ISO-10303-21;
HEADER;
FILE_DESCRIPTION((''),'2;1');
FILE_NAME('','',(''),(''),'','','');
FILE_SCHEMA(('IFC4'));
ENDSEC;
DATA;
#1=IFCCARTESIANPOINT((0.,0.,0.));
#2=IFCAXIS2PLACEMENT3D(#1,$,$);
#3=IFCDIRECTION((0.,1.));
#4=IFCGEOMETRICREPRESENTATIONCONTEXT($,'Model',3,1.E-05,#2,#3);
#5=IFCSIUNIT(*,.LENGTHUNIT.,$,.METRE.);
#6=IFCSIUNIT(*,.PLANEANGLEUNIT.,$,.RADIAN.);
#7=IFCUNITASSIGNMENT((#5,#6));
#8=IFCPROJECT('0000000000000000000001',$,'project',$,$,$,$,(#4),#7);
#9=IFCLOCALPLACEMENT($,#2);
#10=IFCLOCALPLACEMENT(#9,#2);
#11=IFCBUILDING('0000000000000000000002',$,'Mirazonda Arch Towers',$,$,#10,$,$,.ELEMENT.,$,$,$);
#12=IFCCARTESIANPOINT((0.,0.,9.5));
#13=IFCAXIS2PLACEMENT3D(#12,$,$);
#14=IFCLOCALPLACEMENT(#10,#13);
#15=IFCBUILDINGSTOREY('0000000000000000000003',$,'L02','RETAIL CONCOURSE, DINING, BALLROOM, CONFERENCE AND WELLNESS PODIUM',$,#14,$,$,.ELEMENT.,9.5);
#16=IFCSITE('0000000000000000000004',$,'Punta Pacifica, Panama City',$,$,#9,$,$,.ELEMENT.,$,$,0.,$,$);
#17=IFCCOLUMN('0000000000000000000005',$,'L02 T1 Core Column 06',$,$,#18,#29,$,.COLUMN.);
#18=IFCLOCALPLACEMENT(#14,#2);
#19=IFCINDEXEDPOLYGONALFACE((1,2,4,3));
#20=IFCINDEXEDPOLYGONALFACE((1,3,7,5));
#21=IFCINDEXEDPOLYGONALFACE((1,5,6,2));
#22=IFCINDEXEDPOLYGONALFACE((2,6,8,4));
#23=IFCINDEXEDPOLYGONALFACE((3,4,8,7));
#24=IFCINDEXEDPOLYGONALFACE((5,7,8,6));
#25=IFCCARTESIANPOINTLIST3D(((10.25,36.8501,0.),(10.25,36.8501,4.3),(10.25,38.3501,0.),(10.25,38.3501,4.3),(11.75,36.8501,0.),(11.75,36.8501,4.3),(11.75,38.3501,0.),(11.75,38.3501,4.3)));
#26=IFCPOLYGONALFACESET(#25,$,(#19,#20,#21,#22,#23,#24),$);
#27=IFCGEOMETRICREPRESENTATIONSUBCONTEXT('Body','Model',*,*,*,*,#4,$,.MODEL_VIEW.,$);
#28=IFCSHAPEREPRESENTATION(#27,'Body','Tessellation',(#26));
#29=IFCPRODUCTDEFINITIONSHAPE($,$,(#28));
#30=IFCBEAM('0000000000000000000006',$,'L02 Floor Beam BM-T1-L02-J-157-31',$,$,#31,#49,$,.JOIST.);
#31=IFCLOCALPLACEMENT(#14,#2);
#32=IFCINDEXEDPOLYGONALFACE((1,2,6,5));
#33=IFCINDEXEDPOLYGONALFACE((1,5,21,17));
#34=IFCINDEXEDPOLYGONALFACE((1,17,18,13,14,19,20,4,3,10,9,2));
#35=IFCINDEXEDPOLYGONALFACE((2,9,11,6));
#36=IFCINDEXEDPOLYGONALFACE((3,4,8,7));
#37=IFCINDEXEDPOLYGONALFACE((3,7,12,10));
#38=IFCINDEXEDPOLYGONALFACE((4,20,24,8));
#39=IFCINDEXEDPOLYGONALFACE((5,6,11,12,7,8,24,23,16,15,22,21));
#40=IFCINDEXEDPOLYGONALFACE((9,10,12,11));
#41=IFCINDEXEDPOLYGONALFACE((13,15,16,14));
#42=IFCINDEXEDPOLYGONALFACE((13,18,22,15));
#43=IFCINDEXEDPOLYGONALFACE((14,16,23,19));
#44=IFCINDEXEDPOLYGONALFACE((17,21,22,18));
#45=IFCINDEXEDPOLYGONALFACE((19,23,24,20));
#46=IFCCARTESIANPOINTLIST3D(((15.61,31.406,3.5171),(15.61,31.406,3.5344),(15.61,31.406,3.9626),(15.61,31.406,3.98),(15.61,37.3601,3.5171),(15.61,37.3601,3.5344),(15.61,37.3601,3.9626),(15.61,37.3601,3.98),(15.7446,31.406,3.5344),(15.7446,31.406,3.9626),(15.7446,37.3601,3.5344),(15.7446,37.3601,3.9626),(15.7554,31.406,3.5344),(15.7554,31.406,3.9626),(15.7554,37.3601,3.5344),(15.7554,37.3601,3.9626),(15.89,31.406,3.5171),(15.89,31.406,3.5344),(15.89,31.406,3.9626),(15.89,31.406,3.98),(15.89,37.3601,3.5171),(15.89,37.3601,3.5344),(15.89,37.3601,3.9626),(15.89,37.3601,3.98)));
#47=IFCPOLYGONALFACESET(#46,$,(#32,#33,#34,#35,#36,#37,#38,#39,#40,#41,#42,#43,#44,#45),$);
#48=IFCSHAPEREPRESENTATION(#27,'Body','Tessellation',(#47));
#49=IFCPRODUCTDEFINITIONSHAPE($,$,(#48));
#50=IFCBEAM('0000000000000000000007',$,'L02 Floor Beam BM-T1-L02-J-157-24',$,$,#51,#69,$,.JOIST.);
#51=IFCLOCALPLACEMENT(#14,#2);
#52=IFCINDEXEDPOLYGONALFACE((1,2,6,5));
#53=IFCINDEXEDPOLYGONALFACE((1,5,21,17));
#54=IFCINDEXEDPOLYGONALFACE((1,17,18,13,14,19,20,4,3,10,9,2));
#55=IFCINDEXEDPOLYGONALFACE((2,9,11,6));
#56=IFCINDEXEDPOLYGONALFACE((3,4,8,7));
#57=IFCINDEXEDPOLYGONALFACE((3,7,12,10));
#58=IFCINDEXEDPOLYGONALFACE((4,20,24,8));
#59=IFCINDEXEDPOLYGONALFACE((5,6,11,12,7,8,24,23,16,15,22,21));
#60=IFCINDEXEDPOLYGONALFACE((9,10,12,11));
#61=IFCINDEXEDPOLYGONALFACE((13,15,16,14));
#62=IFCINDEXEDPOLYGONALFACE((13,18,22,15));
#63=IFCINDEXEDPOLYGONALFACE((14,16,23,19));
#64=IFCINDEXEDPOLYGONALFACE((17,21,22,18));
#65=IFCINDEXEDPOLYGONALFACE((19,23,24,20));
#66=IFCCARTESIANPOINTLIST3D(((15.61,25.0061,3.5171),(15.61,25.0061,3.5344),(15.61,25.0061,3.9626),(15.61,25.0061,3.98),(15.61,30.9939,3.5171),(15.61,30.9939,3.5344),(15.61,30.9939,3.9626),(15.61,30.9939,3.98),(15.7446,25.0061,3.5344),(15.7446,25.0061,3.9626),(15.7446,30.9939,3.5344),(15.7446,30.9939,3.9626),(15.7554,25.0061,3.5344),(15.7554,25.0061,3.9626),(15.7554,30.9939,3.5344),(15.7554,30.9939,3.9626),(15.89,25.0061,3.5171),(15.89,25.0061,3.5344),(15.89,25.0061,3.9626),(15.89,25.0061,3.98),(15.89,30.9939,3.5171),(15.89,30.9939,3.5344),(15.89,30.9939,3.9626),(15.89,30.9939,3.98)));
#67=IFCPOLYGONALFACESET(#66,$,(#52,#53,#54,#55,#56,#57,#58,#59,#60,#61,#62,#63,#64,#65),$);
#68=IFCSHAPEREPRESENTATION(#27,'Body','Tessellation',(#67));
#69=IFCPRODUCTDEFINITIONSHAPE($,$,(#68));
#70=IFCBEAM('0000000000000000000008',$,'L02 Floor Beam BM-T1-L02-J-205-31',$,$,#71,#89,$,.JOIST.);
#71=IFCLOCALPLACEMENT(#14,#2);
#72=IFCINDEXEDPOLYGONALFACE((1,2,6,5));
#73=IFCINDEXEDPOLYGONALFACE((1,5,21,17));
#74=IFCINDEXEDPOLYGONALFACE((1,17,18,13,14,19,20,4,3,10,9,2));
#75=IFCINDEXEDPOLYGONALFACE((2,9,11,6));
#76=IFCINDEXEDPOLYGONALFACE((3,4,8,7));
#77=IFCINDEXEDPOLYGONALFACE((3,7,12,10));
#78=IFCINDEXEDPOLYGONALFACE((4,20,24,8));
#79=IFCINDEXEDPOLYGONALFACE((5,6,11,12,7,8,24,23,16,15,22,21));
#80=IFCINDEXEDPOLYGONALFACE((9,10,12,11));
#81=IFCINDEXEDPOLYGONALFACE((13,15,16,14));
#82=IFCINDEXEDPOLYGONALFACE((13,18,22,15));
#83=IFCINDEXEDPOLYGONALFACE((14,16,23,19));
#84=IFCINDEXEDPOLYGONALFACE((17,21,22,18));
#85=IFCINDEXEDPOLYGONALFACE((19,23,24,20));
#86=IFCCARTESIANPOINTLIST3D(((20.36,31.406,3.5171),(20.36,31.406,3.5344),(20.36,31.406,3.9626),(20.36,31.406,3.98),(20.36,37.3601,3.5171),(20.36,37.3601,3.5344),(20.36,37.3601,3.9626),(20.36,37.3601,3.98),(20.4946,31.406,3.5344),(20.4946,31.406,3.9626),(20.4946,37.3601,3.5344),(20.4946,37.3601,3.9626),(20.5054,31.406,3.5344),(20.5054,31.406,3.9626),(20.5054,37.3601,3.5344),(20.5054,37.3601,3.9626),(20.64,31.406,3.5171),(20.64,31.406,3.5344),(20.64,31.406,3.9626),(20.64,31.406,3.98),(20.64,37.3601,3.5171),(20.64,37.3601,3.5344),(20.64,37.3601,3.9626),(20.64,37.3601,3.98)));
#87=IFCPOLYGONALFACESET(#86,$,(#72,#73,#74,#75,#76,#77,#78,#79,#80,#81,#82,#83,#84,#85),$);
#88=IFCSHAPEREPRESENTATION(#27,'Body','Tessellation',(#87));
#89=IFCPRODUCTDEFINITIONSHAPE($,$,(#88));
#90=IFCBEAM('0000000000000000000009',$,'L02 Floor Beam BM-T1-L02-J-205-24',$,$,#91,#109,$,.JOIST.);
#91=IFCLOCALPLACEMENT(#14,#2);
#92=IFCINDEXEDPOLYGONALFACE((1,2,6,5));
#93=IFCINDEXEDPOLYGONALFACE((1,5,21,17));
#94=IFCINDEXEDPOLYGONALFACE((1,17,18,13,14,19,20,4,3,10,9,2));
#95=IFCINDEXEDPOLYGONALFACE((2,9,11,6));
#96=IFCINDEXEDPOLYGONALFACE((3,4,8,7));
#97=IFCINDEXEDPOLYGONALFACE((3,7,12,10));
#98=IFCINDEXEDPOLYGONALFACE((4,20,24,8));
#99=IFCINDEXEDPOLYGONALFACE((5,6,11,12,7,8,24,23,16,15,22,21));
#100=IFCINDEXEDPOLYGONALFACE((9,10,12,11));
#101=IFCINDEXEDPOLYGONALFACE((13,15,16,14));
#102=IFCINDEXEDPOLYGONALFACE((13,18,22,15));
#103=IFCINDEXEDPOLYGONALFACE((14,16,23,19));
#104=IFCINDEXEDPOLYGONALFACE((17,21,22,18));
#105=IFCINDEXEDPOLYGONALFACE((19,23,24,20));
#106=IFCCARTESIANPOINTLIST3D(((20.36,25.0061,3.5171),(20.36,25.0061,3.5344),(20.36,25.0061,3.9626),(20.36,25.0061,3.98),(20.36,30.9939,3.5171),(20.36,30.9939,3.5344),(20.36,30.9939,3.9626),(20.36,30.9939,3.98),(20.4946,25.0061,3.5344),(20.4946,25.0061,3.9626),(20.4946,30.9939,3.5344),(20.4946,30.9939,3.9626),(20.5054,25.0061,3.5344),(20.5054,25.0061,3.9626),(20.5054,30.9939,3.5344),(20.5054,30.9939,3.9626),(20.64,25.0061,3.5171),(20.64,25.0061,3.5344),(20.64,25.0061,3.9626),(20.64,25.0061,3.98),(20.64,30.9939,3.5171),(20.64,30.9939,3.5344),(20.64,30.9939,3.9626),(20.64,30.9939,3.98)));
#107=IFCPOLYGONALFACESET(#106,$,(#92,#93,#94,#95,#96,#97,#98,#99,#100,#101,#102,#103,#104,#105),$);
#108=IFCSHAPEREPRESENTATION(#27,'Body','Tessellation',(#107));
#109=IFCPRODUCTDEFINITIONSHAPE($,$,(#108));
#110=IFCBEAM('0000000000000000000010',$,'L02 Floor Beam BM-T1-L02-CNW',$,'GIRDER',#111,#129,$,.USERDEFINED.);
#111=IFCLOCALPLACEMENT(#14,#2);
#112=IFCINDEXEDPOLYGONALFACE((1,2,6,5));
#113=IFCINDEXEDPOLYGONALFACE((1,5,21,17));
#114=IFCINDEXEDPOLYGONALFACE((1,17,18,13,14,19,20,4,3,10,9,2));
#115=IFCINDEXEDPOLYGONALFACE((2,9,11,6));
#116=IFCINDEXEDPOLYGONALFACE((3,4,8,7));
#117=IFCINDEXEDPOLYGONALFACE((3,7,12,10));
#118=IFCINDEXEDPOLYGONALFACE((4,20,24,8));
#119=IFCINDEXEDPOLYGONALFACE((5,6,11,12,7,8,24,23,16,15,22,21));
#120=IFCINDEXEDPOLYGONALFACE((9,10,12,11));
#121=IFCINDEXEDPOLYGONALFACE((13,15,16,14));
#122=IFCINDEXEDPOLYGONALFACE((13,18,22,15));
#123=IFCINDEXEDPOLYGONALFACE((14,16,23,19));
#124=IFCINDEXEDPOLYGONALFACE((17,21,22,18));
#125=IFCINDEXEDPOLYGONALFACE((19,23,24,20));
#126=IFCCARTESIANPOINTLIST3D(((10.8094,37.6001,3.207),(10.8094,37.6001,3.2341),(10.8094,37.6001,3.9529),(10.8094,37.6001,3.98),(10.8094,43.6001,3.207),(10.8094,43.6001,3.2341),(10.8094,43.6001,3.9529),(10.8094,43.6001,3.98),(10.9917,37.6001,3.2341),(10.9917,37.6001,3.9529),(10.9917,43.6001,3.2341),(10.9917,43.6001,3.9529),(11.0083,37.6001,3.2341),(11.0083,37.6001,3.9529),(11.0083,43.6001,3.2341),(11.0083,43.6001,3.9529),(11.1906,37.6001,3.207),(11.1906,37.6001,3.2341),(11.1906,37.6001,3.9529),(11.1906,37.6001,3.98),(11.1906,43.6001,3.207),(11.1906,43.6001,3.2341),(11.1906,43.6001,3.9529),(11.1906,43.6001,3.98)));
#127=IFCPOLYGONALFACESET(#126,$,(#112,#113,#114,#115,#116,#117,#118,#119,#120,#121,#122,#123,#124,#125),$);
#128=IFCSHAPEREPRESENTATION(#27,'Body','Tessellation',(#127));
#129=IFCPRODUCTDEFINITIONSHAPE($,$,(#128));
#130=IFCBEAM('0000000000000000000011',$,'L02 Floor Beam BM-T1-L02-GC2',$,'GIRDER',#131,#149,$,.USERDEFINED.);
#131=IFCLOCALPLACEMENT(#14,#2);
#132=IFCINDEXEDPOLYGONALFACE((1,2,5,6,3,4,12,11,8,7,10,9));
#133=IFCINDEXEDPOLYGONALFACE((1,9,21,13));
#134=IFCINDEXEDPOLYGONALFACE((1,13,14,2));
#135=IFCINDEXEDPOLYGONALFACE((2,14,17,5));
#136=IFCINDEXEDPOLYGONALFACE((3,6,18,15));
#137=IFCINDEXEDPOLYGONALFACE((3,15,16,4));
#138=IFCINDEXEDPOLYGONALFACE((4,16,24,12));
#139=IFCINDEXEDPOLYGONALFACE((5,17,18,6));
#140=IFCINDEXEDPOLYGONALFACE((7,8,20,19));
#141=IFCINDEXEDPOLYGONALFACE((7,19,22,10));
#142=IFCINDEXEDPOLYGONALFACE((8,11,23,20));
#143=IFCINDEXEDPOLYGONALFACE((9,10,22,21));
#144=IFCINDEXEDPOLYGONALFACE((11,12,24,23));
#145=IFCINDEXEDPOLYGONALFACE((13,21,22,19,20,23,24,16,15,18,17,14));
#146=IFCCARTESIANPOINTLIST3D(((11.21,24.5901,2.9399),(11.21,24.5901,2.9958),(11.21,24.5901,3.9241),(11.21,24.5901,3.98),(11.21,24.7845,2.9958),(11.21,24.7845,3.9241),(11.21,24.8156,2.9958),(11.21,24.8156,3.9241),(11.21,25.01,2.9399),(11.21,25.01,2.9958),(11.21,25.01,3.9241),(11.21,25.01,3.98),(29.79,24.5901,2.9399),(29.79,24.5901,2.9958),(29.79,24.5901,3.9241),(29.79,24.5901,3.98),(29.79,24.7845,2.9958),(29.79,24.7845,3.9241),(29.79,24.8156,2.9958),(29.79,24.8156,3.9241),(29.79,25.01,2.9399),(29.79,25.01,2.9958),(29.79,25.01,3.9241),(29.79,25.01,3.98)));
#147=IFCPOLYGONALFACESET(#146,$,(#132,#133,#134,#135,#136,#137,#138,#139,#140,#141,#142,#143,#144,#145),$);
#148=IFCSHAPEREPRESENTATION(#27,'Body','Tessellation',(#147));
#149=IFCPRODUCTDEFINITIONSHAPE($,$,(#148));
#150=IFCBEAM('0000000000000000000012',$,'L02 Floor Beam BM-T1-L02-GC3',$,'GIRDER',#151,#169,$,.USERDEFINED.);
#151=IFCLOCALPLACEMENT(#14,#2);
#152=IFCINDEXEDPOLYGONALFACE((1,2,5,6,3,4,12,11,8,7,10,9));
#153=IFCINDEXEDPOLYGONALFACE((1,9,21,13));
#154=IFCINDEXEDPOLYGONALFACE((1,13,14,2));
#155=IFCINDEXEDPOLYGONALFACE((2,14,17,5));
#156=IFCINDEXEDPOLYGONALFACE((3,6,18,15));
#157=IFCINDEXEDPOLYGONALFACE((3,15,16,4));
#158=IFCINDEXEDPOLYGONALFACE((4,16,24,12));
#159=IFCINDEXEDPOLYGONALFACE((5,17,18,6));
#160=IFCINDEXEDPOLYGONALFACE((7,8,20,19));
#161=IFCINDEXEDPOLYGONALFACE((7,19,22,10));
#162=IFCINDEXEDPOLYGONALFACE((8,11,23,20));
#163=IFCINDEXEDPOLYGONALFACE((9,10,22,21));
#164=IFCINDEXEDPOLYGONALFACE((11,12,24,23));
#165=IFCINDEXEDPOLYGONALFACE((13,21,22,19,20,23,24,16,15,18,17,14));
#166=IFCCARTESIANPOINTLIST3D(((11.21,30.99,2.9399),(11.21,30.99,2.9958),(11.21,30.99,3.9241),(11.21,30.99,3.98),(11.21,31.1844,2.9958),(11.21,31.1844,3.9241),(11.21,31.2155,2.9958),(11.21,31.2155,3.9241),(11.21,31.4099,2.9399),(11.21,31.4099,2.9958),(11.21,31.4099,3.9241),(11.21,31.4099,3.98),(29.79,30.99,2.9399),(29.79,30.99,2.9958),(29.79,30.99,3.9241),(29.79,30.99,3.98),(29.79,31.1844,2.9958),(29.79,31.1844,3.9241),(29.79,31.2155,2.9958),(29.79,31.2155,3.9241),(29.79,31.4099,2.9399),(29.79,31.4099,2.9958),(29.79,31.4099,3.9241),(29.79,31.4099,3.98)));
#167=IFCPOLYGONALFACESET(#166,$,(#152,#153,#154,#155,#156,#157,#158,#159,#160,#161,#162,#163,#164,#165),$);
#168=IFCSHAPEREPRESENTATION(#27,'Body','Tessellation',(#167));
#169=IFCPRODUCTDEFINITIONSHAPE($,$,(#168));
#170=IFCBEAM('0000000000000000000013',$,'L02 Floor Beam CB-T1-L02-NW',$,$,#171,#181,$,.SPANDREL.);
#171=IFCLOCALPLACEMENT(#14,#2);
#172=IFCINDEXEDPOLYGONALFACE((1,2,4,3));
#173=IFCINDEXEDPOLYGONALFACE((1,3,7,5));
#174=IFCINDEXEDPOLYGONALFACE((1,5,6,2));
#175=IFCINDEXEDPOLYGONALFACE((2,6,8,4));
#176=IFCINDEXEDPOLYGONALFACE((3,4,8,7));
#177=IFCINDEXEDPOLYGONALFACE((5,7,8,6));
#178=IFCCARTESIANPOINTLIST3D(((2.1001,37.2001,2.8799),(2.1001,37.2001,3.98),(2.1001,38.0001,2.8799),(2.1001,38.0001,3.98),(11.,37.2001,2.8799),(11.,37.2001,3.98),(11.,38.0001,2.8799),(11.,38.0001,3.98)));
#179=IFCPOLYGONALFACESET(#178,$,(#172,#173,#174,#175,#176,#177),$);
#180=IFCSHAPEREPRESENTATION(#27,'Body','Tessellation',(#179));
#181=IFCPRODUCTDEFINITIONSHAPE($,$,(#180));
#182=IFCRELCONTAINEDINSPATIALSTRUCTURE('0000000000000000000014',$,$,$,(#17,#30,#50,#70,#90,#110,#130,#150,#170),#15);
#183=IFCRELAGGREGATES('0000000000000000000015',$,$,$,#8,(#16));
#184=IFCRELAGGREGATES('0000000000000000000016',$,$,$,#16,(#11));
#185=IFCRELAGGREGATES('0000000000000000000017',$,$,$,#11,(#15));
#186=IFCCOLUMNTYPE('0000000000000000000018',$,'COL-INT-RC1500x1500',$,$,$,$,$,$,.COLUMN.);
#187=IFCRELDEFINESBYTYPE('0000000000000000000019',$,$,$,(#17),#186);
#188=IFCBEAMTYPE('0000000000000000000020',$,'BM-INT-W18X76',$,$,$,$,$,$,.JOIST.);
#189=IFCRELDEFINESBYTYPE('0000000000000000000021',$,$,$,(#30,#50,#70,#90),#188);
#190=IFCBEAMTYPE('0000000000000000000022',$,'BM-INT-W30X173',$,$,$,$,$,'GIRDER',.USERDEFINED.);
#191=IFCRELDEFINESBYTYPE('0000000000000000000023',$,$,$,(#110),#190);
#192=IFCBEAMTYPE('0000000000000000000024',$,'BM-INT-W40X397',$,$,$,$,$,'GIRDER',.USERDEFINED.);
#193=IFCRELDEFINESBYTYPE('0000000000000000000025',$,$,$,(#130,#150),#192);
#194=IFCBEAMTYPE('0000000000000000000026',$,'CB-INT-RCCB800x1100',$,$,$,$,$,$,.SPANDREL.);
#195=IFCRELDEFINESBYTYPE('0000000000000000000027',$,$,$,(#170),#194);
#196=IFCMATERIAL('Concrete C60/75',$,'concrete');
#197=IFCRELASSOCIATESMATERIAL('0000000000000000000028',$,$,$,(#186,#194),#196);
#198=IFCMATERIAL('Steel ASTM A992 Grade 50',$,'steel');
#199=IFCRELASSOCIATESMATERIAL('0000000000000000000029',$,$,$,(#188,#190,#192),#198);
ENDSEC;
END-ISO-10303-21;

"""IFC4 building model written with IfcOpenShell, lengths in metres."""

from ifc_helpers import new_model, si_unit, direction, frame, origin, origin_2d, place, context, subcontext, project, spatial, rectangle, i_section, extrude, material, material_profile, profile_set, type_object, element, save


model = new_model("IFC4")

# Units and contexts
model_context = context("Model", 3, precision=1e-05, world=origin(), true_north=direction((0.0, 1.0)))
body_context = subcontext(model_context, "Body", "Model", "MODEL_VIEW")
ifc_project = project(units=[si_unit("LENGTHUNIT", "METRE"), si_unit("PLANEANGLEUNIT", "RADIAN")], contexts=[model_context])

# Site, building, storey
site_placement = place(None, origin())
site = spatial("IfcSite", under=ifc_project, at=site_placement, Name="Punta Pacifica, Panama City", CompositionType="ELEMENT", RefElevation=0.0)
building_placement = place(site_placement, origin())
building = spatial("IfcBuilding", under=site, at=building_placement, Name="Mirazonda Arch Towers", CompositionType="ELEMENT")
storey_placement = place(building_placement, frame((0.0, 0.0, 9.5)))
storey = spatial("IfcBuildingStorey", under=building, at=storey_placement, Name="L02", Description="RETAIL CONCOURSE, DINING, BALLROOM, CONFERENCE AND WELLNESS PODIUM", CompositionType="ELEMENT", Elevation=9.5)

# Column
ifc_material_1 = material(Name="Concrete C60/75", Category="concrete")
ifc_material_profile_1 = material_profile(ifc_material_1, rectangle(XDim=1.5, YDim=1.5, at=origin_2d()), Name="RC1500x1500")
ifc_profile_set_1 = profile_set([ifc_material_profile_1], Name="Concrete C60/75")
column_type = type_object("IfcColumnType", Name="COL-INT-RC1500x1500", PredefinedType="COLUMN", material=ifc_profile_set_1)
column_placement = place(storey_placement, frame((11.0, 37.6001, 0.0), z_axis=(0.0, 0.0, 1.0), x_axis=(1.0, 0.0, 0.0)))
element("IfcColumn", 1, at=column_placement, inside=storey, type_object=column_type, Name="L02 T1 Core Column 06", PredefinedType="COLUMN", context=body_context, shape_type="SweptSolid", body=[
    extrude(rectangle(XDim=1.5, YDim=1.5, at=origin_2d()), origin(), (0.0, 0.0, 1.0), 4.3),
])

# Beams
ifc_material_2 = material(Name="Steel ASTM A992 Grade 50", Category="steel")
ifc_material_profile_2 = material_profile(ifc_material_2, i_section(OverallWidth=0.28, OverallDepth=0.4629, WebThickness=0.0107, FlangeThickness=0.0173, at=origin_2d()), Name="W18X76")
ifc_profile_set_2 = profile_set([ifc_material_profile_2], Name="Steel ASTM A992 Grade 50")
beam_type_1 = type_object("IfcBeamType", Name="BM-INT-W18X76", PredefinedType="JOIST", material=ifc_profile_set_2)
beam_1_placement = place(storey_placement, frame((15.75, 31.406, 3.7485), z_axis=(0.0, 1.0, 0.0), x_axis=(-1.0, 0.0, 0.0)))
element("IfcBeam", 2, at=beam_1_placement, inside=storey, type_object=beam_type_1, Name="L02 Floor Beam BM-T1-L02-J-157-31", PredefinedType="JOIST", context=body_context, shape_type="SweptSolid", body=[
    extrude(i_section(OverallWidth=0.28, OverallDepth=0.4629, WebThickness=0.0107, FlangeThickness=0.0173, at=origin_2d()), origin(), (0.0, 0.0, 1.0), 5.9541),
])
beam_2_placement = place(storey_placement, frame((15.75, 25.0061, 3.7485), z_axis=(0.0, 1.0, 0.0), x_axis=(-1.0, 0.0, 0.0)))
element("IfcBeam", 3, at=beam_2_placement, inside=storey, type_object=beam_type_1, Name="L02 Floor Beam BM-T1-L02-J-157-24", PredefinedType="JOIST", context=body_context, shape_type="SweptSolid", body=[
    extrude(i_section(OverallWidth=0.28, OverallDepth=0.4629, WebThickness=0.0107, FlangeThickness=0.0173, at=origin_2d()), origin(), (0.0, 0.0, 1.0), 5.9878),
])
beam_3_placement = place(storey_placement, frame((20.5, 31.406, 3.7485), z_axis=(0.0, 1.0, 0.0), x_axis=(-1.0, 0.0, 0.0)))
element("IfcBeam", 4, at=beam_3_placement, inside=storey, type_object=beam_type_1, Name="L02 Floor Beam BM-T1-L02-J-205-31", PredefinedType="JOIST", context=body_context, shape_type="SweptSolid", body=[
    extrude(i_section(OverallWidth=0.28, OverallDepth=0.4629, WebThickness=0.0107, FlangeThickness=0.0173, at=origin_2d()), origin(), (0.0, 0.0, 1.0), 5.9541),
])
beam_4_placement = place(storey_placement, frame((20.5, 25.0061, 3.7485), z_axis=(0.0, 1.0, 0.0), x_axis=(-1.0, 0.0, 0.0)))
element("IfcBeam", 5, at=beam_4_placement, inside=storey, type_object=beam_type_1, Name="L02 Floor Beam BM-T1-L02-J-205-24", PredefinedType="JOIST", context=body_context, shape_type="SweptSolid", body=[
    extrude(i_section(OverallWidth=0.28, OverallDepth=0.4629, WebThickness=0.0107, FlangeThickness=0.0173, at=origin_2d()), origin(), (0.0, 0.0, 1.0), 5.9878),
])
ifc_material_profile_3 = material_profile(ifc_material_2, i_section(OverallWidth=0.3811, OverallDepth=0.7729, WebThickness=0.0166, FlangeThickness=0.0271, at=origin_2d()), Name="W30X173")
ifc_profile_set_3 = profile_set([ifc_material_profile_3], Name="Steel ASTM A992 Grade 50")
beam_type_2 = type_object("IfcBeamType", Name="BM-INT-W30X173", ElementType="GIRDER", PredefinedType="USERDEFINED", material=ifc_profile_set_3)
beam_5_placement = place(storey_placement, frame((11.0, 37.6001, 3.5935), z_axis=(0.0, 1.0, 0.0), x_axis=(-1.0, 0.0, 0.0)))
element("IfcBeam", 6, at=beam_5_placement, inside=storey, type_object=beam_type_2, Name="L02 Floor Beam BM-T1-L02-CNW", ObjectType="GIRDER", PredefinedType="USERDEFINED", context=body_context, shape_type="SweptSolid", body=[
    extrude(i_section(OverallWidth=0.3811, OverallDepth=0.7729, WebThickness=0.0166, FlangeThickness=0.0271, at=origin_2d()), origin(), (0.0, 0.0, 1.0), 6.0),
])
ifc_material_profile_4 = material_profile(ifc_material_2, i_section(OverallWidth=0.4199, OverallDepth=1.04, WebThickness=0.031, FlangeThickness=0.0559, at=origin_2d()), Name="W40X397")
ifc_profile_set_4 = profile_set([ifc_material_profile_4], Name="Steel ASTM A992 Grade 50")
beam_type_3 = type_object("IfcBeamType", Name="BM-INT-W40X397", ElementType="GIRDER", PredefinedType="USERDEFINED", material=ifc_profile_set_4)
for number, where, z_axis, x_axis, name in (
    (7, (11.21, 24.8, 3.46), (1.0, 0.0, 0.0), (0.0, 1.0, 0.0), "L02 Floor Beam BM-T1-L02-GC2"),
    (8, (11.21, 31.2, 3.46), (1.0, 0.0, 0.0), (0.0, 1.0, 0.0), "L02 Floor Beam BM-T1-L02-GC3"),
):
    element("IfcBeam", number, at=place(storey_placement, frame(where, z_axis=z_axis, x_axis=x_axis)), inside=storey, type_object=beam_type_3, Name=name, ObjectType="GIRDER", PredefinedType="USERDEFINED", context=body_context, shape_type="SweptSolid", body=[
        extrude(i_section(OverallWidth=0.4199, OverallDepth=1.04, WebThickness=0.031, FlangeThickness=0.0559, at=origin_2d()), origin(), (0.0, 0.0, 1.0), 18.5801),
    ])
ifc_material_profile_5 = material_profile(ifc_material_1, rectangle(XDim=0.8, YDim=1.1001, at=origin_2d()), Name="RCCB800x1100")
ifc_profile_set_5 = profile_set([ifc_material_profile_5], Name="Concrete C60/75")
beam_type_4 = type_object("IfcBeamType", Name="CB-INT-RCCB800x1100", PredefinedType="SPANDREL", material=ifc_profile_set_5)
beam_6_placement = place(storey_placement, frame((2.1001, 37.6001, 3.4299), z_axis=(1.0, 0.0, 0.0), x_axis=(0.0, 1.0, 0.0)))
element("IfcBeam", 9, at=beam_6_placement, inside=storey, type_object=beam_type_4, Name="L02 Floor Beam CB-T1-L02-NW", PredefinedType="SPANDREL", context=body_context, shape_type="SweptSolid", body=[
    extrude(rectangle(XDim=0.8, YDim=1.1001, at=origin_2d()), origin(), (0.0, 0.0, 1.0), 8.8999),
])

save(model, "model.ifc")
